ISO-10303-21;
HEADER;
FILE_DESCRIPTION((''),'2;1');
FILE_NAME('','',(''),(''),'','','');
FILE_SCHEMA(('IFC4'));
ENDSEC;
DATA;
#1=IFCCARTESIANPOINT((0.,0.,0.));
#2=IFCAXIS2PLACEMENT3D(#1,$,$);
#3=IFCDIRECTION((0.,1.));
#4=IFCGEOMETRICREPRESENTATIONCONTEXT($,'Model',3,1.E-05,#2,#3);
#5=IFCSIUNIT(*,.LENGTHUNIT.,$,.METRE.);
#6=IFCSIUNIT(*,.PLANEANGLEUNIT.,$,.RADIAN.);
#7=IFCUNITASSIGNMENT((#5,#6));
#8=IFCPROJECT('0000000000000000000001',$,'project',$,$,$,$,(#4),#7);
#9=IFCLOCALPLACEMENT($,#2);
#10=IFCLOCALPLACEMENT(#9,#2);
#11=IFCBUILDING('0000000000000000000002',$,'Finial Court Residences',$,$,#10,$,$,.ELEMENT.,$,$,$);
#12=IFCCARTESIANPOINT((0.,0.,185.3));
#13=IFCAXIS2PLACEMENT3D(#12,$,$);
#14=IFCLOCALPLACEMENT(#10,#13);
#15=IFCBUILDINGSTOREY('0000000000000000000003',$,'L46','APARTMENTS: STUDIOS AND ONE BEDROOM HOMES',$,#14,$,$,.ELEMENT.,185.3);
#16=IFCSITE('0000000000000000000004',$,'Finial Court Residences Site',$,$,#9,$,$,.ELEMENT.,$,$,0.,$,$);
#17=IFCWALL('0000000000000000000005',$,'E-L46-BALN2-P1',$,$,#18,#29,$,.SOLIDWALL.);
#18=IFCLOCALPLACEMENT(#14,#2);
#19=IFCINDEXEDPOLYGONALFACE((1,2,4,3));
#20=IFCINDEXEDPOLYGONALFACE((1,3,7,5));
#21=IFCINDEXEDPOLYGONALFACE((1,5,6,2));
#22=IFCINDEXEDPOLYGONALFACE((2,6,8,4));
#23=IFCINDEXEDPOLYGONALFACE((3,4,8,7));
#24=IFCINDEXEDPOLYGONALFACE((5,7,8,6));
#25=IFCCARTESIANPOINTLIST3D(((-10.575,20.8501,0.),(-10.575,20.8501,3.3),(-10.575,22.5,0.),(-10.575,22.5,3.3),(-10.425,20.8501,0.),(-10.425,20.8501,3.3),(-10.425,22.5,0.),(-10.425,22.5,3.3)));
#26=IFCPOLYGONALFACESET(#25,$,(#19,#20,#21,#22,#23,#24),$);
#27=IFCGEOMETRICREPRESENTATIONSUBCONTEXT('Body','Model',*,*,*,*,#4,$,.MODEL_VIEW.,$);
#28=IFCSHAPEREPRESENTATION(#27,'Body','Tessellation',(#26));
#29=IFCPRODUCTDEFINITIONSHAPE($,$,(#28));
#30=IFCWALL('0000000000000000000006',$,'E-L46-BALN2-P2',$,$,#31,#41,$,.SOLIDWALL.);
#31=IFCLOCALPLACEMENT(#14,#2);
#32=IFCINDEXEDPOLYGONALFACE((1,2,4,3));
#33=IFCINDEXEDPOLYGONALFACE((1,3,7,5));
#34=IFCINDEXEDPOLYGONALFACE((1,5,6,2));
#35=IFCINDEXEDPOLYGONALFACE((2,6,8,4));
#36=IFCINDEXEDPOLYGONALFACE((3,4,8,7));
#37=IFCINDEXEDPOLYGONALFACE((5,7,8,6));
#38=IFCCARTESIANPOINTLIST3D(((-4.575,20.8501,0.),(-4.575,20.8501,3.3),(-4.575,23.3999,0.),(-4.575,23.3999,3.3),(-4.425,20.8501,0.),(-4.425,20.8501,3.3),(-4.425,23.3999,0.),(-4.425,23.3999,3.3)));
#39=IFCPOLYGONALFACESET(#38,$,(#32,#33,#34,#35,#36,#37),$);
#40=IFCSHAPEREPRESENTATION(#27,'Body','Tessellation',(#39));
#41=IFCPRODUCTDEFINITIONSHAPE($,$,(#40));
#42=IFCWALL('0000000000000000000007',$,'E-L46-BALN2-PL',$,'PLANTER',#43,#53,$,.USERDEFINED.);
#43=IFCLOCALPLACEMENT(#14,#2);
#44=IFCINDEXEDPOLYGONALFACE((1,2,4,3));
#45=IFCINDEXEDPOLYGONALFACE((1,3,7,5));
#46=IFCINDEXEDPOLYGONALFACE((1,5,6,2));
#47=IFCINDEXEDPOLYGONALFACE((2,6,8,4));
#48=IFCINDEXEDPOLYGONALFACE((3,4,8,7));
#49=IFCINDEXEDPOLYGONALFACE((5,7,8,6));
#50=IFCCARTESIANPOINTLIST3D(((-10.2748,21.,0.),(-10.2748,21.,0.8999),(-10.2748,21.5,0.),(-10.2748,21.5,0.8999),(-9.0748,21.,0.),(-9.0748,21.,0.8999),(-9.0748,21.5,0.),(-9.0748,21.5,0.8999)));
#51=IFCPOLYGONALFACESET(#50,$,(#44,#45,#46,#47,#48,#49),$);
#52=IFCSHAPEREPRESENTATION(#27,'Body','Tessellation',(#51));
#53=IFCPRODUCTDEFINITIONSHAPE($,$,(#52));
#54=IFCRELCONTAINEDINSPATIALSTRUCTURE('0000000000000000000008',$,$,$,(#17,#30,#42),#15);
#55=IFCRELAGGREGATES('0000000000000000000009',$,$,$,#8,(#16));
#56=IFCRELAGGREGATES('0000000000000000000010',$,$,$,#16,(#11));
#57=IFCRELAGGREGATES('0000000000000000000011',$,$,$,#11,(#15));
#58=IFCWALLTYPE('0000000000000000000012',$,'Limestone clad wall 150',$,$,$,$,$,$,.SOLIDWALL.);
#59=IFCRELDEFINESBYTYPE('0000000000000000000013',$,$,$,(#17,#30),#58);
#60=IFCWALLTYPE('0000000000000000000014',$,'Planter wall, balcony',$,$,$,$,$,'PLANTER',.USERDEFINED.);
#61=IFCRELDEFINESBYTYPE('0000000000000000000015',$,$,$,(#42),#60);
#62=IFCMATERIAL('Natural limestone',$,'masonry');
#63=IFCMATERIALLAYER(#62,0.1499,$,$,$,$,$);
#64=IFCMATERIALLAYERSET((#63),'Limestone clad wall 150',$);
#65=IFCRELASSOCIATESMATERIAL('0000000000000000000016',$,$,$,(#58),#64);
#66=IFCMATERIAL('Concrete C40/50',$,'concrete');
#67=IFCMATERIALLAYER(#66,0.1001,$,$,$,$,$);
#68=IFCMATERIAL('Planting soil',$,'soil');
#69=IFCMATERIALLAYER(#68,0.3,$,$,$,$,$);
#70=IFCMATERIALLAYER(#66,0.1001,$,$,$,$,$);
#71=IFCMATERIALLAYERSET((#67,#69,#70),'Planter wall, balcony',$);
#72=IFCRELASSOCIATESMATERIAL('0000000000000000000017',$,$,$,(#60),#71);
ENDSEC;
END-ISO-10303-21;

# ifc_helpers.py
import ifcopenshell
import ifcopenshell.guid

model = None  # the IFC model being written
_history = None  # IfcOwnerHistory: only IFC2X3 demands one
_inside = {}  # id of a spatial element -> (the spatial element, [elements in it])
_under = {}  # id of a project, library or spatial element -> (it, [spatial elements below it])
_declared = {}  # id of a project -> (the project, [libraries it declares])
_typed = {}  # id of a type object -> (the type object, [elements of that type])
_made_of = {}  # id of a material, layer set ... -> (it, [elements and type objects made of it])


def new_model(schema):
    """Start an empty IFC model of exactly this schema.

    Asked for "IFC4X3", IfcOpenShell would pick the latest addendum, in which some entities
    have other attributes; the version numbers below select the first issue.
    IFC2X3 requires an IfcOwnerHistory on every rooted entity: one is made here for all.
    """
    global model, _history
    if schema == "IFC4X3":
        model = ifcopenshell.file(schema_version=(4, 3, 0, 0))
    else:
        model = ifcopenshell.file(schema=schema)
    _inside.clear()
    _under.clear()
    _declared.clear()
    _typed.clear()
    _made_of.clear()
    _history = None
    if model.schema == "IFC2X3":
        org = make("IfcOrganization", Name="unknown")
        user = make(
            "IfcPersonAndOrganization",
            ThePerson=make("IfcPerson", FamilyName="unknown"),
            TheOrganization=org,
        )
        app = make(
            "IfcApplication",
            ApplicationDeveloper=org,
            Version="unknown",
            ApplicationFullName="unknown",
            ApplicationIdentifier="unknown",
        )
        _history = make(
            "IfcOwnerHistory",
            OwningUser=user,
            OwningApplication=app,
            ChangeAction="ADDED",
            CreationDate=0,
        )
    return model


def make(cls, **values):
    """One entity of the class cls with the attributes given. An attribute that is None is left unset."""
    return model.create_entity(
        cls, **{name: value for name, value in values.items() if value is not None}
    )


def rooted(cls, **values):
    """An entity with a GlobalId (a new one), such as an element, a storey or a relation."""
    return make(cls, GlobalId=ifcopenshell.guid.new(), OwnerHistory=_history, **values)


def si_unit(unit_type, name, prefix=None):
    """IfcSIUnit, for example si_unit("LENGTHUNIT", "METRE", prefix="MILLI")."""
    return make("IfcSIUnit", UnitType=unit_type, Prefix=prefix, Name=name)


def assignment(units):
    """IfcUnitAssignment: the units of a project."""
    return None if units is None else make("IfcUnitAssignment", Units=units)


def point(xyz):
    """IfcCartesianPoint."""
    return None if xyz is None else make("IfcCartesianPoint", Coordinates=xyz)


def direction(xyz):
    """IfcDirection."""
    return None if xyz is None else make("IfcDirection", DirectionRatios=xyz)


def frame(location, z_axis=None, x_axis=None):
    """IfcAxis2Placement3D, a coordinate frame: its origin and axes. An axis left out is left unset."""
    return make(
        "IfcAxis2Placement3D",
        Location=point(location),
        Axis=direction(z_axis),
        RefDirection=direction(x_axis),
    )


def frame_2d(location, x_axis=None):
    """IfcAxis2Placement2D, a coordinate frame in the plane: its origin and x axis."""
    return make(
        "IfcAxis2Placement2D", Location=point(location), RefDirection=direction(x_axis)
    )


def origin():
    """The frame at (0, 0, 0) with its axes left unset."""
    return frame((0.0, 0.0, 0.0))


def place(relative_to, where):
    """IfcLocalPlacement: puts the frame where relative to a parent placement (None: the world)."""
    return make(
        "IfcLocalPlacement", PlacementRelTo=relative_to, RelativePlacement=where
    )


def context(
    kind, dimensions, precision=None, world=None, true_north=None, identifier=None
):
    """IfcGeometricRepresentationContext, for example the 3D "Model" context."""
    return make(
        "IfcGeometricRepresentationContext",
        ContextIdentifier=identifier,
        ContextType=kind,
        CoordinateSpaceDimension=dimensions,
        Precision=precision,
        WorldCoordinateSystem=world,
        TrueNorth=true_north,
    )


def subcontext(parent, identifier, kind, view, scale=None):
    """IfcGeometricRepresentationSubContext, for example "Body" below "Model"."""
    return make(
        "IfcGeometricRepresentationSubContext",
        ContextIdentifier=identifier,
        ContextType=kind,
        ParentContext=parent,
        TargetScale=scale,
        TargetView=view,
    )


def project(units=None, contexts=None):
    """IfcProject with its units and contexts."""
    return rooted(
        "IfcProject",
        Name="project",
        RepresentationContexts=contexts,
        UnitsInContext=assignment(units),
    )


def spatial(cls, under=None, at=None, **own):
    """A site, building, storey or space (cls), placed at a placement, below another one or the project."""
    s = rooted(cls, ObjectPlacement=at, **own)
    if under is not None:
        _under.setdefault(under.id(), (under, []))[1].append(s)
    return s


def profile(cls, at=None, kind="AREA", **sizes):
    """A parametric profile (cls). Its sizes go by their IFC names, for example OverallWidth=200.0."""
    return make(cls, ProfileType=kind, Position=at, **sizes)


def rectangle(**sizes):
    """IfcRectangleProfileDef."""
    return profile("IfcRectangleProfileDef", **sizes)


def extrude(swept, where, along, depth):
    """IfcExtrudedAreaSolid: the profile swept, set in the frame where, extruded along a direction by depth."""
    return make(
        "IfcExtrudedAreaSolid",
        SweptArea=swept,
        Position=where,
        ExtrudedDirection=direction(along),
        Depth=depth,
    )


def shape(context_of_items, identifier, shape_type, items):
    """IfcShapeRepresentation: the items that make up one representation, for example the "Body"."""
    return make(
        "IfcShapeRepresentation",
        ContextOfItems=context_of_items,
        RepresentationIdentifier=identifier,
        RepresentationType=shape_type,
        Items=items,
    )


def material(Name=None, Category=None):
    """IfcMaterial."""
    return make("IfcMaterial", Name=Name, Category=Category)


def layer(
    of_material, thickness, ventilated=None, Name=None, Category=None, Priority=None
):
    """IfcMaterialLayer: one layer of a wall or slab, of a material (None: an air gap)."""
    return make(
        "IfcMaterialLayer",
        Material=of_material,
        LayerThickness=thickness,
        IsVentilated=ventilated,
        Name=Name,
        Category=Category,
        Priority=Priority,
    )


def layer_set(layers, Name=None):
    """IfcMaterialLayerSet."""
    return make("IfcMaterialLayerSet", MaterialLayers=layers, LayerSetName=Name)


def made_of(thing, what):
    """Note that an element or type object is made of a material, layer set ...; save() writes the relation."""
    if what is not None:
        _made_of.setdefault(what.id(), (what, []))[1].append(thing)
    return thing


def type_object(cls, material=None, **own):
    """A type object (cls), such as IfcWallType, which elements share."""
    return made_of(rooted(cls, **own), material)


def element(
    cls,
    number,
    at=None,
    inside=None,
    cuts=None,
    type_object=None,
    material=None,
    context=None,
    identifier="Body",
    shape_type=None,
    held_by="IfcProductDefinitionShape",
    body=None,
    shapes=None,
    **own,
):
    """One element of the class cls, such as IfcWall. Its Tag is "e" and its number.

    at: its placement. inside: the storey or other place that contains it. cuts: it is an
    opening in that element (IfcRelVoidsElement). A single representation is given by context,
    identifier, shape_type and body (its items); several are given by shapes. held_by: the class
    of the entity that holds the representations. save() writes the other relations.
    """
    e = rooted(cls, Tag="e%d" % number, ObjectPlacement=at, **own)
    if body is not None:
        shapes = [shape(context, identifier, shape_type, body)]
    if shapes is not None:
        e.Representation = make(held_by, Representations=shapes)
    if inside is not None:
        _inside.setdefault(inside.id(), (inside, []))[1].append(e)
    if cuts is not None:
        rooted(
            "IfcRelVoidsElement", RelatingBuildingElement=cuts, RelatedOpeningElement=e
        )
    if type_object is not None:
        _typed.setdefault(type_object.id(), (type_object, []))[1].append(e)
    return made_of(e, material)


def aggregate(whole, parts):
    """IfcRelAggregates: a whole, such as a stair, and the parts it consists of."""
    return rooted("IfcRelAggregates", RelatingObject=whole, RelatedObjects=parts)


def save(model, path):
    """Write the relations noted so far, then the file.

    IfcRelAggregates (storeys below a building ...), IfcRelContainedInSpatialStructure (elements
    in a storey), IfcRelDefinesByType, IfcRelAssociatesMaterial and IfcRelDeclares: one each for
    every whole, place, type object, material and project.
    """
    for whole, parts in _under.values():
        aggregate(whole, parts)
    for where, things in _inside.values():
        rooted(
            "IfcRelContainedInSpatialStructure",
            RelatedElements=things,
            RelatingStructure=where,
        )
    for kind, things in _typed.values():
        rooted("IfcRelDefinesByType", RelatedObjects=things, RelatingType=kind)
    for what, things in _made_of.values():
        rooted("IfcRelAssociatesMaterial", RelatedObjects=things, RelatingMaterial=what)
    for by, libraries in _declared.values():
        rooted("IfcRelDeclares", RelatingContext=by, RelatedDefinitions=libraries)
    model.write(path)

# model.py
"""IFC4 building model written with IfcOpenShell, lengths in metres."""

from ifc_helpers import new_model, si_unit, direction, frame, frame_2d, origin, place, context, subcontext, project, spatial, rectangle, extrude, material, layer, layer_set, type_object, element, save


model = new_model("IFC4")

# Units and contexts
model_context = context("Model", 3, precision=1e-05, world=origin(), true_north=direction((0.0, 1.0)))
body_context = subcontext(model_context, "Body", "Model", "MODEL_VIEW")
ifc_project = project(units=[si_unit("LENGTHUNIT", "METRE"), si_unit("PLANEANGLEUNIT", "RADIAN")], contexts=[model_context])

# Site, building, storey
site_placement = place(None, origin())
site = spatial("IfcSite", under=ifc_project, at=site_placement, Name="Finial Court Residences Site", CompositionType="ELEMENT", RefElevation=0.0)
building_placement = place(site_placement, origin())
building = spatial("IfcBuilding", under=site, at=building_placement, Name="Finial Court Residences", CompositionType="ELEMENT")
storey_placement = place(building_placement, frame((0.0, 0.0, 185.3)))
storey = spatial("IfcBuildingStorey", under=building, at=storey_placement, Name="L46", Description="APARTMENTS: STUDIOS AND ONE BEDROOM HOMES", CompositionType="ELEMENT", Elevation=185.3)

# Walls
ifc_material_1 = material(Name="Natural limestone", Category="masonry")
ifc_layer_1 = layer(ifc_material_1, 0.1499)
ifc_layer_set_1 = layer_set([ifc_layer_1], Name="Limestone clad wall 150")
wall_type_1 = type_object("IfcWallType", Name="Limestone clad wall 150", PredefinedType="SOLIDWALL", material=ifc_layer_set_1)
wall_1_placement = place(storey_placement, frame((-10.5, 20.8501, 0.0), z_axis=(0.0, 0.0, 1.0), x_axis=(0.0, 1.0, 0.0)))
element("IfcWall", 1, at=wall_1_placement, inside=storey, type_object=wall_type_1, Name="E-L46-BALN2-P1", PredefinedType="SOLIDWALL", context=body_context, shape_type="SweptSolid", body=[
    extrude(rectangle(XDim=1.6499, YDim=0.1499, at=frame_2d((0.825, 0.0))), origin(), (0.0, 0.0, 1.0), 3.3),
])
wall_2_placement = place(storey_placement, frame((-4.5, 20.8501, 0.0), z_axis=(0.0, 0.0, 1.0), x_axis=(0.0, 1.0, 0.0)))
element("IfcWall", 2, at=wall_2_placement, inside=storey, type_object=wall_type_1, Name="E-L46-BALN2-P2", PredefinedType="SOLIDWALL", context=body_context, shape_type="SweptSolid", body=[
    extrude(rectangle(XDim=2.5498, YDim=0.1499, at=frame_2d((1.2749, 0.0))), origin(), (0.0, 0.0, 1.0), 3.3),
])

# Wall
ifc_material_2 = material(Name="Concrete C40/50", Category="concrete")
ifc_layer_2 = layer(ifc_material_2, 0.1001)
ifc_material_3 = material(Name="Planting soil", Category="soil")
ifc_layer_3 = layer(ifc_material_3, 0.3)
ifc_layer_4 = layer(ifc_material_2, 0.1001)
ifc_layer_set_2 = layer_set([ifc_layer_2, ifc_layer_3, ifc_layer_4], Name="Planter wall, balcony")
wall_type_2 = type_object("IfcWallType", Name="Planter wall, balcony", ElementType="PLANTER", PredefinedType="USERDEFINED", material=ifc_layer_set_2)
wall_3_placement = place(storey_placement, frame((-10.2749, 21.25, 0.0), z_axis=(0.0, 0.0, 1.0), x_axis=(1.0, 0.0, 0.0)))
element("IfcWall", 3, at=wall_3_placement, inside=storey, type_object=wall_type_2, Name="E-L46-BALN2-PL", ObjectType="PLANTER", PredefinedType="USERDEFINED", context=body_context, shape_type="SweptSolid", body=[
    extrude(rectangle(XDim=1.2, YDim=0.5, at=frame_2d((0.6001, 0.0))), origin(), (0.0, 0.0, 1.0), 0.8999),
])

save(model, "model.ifc")
